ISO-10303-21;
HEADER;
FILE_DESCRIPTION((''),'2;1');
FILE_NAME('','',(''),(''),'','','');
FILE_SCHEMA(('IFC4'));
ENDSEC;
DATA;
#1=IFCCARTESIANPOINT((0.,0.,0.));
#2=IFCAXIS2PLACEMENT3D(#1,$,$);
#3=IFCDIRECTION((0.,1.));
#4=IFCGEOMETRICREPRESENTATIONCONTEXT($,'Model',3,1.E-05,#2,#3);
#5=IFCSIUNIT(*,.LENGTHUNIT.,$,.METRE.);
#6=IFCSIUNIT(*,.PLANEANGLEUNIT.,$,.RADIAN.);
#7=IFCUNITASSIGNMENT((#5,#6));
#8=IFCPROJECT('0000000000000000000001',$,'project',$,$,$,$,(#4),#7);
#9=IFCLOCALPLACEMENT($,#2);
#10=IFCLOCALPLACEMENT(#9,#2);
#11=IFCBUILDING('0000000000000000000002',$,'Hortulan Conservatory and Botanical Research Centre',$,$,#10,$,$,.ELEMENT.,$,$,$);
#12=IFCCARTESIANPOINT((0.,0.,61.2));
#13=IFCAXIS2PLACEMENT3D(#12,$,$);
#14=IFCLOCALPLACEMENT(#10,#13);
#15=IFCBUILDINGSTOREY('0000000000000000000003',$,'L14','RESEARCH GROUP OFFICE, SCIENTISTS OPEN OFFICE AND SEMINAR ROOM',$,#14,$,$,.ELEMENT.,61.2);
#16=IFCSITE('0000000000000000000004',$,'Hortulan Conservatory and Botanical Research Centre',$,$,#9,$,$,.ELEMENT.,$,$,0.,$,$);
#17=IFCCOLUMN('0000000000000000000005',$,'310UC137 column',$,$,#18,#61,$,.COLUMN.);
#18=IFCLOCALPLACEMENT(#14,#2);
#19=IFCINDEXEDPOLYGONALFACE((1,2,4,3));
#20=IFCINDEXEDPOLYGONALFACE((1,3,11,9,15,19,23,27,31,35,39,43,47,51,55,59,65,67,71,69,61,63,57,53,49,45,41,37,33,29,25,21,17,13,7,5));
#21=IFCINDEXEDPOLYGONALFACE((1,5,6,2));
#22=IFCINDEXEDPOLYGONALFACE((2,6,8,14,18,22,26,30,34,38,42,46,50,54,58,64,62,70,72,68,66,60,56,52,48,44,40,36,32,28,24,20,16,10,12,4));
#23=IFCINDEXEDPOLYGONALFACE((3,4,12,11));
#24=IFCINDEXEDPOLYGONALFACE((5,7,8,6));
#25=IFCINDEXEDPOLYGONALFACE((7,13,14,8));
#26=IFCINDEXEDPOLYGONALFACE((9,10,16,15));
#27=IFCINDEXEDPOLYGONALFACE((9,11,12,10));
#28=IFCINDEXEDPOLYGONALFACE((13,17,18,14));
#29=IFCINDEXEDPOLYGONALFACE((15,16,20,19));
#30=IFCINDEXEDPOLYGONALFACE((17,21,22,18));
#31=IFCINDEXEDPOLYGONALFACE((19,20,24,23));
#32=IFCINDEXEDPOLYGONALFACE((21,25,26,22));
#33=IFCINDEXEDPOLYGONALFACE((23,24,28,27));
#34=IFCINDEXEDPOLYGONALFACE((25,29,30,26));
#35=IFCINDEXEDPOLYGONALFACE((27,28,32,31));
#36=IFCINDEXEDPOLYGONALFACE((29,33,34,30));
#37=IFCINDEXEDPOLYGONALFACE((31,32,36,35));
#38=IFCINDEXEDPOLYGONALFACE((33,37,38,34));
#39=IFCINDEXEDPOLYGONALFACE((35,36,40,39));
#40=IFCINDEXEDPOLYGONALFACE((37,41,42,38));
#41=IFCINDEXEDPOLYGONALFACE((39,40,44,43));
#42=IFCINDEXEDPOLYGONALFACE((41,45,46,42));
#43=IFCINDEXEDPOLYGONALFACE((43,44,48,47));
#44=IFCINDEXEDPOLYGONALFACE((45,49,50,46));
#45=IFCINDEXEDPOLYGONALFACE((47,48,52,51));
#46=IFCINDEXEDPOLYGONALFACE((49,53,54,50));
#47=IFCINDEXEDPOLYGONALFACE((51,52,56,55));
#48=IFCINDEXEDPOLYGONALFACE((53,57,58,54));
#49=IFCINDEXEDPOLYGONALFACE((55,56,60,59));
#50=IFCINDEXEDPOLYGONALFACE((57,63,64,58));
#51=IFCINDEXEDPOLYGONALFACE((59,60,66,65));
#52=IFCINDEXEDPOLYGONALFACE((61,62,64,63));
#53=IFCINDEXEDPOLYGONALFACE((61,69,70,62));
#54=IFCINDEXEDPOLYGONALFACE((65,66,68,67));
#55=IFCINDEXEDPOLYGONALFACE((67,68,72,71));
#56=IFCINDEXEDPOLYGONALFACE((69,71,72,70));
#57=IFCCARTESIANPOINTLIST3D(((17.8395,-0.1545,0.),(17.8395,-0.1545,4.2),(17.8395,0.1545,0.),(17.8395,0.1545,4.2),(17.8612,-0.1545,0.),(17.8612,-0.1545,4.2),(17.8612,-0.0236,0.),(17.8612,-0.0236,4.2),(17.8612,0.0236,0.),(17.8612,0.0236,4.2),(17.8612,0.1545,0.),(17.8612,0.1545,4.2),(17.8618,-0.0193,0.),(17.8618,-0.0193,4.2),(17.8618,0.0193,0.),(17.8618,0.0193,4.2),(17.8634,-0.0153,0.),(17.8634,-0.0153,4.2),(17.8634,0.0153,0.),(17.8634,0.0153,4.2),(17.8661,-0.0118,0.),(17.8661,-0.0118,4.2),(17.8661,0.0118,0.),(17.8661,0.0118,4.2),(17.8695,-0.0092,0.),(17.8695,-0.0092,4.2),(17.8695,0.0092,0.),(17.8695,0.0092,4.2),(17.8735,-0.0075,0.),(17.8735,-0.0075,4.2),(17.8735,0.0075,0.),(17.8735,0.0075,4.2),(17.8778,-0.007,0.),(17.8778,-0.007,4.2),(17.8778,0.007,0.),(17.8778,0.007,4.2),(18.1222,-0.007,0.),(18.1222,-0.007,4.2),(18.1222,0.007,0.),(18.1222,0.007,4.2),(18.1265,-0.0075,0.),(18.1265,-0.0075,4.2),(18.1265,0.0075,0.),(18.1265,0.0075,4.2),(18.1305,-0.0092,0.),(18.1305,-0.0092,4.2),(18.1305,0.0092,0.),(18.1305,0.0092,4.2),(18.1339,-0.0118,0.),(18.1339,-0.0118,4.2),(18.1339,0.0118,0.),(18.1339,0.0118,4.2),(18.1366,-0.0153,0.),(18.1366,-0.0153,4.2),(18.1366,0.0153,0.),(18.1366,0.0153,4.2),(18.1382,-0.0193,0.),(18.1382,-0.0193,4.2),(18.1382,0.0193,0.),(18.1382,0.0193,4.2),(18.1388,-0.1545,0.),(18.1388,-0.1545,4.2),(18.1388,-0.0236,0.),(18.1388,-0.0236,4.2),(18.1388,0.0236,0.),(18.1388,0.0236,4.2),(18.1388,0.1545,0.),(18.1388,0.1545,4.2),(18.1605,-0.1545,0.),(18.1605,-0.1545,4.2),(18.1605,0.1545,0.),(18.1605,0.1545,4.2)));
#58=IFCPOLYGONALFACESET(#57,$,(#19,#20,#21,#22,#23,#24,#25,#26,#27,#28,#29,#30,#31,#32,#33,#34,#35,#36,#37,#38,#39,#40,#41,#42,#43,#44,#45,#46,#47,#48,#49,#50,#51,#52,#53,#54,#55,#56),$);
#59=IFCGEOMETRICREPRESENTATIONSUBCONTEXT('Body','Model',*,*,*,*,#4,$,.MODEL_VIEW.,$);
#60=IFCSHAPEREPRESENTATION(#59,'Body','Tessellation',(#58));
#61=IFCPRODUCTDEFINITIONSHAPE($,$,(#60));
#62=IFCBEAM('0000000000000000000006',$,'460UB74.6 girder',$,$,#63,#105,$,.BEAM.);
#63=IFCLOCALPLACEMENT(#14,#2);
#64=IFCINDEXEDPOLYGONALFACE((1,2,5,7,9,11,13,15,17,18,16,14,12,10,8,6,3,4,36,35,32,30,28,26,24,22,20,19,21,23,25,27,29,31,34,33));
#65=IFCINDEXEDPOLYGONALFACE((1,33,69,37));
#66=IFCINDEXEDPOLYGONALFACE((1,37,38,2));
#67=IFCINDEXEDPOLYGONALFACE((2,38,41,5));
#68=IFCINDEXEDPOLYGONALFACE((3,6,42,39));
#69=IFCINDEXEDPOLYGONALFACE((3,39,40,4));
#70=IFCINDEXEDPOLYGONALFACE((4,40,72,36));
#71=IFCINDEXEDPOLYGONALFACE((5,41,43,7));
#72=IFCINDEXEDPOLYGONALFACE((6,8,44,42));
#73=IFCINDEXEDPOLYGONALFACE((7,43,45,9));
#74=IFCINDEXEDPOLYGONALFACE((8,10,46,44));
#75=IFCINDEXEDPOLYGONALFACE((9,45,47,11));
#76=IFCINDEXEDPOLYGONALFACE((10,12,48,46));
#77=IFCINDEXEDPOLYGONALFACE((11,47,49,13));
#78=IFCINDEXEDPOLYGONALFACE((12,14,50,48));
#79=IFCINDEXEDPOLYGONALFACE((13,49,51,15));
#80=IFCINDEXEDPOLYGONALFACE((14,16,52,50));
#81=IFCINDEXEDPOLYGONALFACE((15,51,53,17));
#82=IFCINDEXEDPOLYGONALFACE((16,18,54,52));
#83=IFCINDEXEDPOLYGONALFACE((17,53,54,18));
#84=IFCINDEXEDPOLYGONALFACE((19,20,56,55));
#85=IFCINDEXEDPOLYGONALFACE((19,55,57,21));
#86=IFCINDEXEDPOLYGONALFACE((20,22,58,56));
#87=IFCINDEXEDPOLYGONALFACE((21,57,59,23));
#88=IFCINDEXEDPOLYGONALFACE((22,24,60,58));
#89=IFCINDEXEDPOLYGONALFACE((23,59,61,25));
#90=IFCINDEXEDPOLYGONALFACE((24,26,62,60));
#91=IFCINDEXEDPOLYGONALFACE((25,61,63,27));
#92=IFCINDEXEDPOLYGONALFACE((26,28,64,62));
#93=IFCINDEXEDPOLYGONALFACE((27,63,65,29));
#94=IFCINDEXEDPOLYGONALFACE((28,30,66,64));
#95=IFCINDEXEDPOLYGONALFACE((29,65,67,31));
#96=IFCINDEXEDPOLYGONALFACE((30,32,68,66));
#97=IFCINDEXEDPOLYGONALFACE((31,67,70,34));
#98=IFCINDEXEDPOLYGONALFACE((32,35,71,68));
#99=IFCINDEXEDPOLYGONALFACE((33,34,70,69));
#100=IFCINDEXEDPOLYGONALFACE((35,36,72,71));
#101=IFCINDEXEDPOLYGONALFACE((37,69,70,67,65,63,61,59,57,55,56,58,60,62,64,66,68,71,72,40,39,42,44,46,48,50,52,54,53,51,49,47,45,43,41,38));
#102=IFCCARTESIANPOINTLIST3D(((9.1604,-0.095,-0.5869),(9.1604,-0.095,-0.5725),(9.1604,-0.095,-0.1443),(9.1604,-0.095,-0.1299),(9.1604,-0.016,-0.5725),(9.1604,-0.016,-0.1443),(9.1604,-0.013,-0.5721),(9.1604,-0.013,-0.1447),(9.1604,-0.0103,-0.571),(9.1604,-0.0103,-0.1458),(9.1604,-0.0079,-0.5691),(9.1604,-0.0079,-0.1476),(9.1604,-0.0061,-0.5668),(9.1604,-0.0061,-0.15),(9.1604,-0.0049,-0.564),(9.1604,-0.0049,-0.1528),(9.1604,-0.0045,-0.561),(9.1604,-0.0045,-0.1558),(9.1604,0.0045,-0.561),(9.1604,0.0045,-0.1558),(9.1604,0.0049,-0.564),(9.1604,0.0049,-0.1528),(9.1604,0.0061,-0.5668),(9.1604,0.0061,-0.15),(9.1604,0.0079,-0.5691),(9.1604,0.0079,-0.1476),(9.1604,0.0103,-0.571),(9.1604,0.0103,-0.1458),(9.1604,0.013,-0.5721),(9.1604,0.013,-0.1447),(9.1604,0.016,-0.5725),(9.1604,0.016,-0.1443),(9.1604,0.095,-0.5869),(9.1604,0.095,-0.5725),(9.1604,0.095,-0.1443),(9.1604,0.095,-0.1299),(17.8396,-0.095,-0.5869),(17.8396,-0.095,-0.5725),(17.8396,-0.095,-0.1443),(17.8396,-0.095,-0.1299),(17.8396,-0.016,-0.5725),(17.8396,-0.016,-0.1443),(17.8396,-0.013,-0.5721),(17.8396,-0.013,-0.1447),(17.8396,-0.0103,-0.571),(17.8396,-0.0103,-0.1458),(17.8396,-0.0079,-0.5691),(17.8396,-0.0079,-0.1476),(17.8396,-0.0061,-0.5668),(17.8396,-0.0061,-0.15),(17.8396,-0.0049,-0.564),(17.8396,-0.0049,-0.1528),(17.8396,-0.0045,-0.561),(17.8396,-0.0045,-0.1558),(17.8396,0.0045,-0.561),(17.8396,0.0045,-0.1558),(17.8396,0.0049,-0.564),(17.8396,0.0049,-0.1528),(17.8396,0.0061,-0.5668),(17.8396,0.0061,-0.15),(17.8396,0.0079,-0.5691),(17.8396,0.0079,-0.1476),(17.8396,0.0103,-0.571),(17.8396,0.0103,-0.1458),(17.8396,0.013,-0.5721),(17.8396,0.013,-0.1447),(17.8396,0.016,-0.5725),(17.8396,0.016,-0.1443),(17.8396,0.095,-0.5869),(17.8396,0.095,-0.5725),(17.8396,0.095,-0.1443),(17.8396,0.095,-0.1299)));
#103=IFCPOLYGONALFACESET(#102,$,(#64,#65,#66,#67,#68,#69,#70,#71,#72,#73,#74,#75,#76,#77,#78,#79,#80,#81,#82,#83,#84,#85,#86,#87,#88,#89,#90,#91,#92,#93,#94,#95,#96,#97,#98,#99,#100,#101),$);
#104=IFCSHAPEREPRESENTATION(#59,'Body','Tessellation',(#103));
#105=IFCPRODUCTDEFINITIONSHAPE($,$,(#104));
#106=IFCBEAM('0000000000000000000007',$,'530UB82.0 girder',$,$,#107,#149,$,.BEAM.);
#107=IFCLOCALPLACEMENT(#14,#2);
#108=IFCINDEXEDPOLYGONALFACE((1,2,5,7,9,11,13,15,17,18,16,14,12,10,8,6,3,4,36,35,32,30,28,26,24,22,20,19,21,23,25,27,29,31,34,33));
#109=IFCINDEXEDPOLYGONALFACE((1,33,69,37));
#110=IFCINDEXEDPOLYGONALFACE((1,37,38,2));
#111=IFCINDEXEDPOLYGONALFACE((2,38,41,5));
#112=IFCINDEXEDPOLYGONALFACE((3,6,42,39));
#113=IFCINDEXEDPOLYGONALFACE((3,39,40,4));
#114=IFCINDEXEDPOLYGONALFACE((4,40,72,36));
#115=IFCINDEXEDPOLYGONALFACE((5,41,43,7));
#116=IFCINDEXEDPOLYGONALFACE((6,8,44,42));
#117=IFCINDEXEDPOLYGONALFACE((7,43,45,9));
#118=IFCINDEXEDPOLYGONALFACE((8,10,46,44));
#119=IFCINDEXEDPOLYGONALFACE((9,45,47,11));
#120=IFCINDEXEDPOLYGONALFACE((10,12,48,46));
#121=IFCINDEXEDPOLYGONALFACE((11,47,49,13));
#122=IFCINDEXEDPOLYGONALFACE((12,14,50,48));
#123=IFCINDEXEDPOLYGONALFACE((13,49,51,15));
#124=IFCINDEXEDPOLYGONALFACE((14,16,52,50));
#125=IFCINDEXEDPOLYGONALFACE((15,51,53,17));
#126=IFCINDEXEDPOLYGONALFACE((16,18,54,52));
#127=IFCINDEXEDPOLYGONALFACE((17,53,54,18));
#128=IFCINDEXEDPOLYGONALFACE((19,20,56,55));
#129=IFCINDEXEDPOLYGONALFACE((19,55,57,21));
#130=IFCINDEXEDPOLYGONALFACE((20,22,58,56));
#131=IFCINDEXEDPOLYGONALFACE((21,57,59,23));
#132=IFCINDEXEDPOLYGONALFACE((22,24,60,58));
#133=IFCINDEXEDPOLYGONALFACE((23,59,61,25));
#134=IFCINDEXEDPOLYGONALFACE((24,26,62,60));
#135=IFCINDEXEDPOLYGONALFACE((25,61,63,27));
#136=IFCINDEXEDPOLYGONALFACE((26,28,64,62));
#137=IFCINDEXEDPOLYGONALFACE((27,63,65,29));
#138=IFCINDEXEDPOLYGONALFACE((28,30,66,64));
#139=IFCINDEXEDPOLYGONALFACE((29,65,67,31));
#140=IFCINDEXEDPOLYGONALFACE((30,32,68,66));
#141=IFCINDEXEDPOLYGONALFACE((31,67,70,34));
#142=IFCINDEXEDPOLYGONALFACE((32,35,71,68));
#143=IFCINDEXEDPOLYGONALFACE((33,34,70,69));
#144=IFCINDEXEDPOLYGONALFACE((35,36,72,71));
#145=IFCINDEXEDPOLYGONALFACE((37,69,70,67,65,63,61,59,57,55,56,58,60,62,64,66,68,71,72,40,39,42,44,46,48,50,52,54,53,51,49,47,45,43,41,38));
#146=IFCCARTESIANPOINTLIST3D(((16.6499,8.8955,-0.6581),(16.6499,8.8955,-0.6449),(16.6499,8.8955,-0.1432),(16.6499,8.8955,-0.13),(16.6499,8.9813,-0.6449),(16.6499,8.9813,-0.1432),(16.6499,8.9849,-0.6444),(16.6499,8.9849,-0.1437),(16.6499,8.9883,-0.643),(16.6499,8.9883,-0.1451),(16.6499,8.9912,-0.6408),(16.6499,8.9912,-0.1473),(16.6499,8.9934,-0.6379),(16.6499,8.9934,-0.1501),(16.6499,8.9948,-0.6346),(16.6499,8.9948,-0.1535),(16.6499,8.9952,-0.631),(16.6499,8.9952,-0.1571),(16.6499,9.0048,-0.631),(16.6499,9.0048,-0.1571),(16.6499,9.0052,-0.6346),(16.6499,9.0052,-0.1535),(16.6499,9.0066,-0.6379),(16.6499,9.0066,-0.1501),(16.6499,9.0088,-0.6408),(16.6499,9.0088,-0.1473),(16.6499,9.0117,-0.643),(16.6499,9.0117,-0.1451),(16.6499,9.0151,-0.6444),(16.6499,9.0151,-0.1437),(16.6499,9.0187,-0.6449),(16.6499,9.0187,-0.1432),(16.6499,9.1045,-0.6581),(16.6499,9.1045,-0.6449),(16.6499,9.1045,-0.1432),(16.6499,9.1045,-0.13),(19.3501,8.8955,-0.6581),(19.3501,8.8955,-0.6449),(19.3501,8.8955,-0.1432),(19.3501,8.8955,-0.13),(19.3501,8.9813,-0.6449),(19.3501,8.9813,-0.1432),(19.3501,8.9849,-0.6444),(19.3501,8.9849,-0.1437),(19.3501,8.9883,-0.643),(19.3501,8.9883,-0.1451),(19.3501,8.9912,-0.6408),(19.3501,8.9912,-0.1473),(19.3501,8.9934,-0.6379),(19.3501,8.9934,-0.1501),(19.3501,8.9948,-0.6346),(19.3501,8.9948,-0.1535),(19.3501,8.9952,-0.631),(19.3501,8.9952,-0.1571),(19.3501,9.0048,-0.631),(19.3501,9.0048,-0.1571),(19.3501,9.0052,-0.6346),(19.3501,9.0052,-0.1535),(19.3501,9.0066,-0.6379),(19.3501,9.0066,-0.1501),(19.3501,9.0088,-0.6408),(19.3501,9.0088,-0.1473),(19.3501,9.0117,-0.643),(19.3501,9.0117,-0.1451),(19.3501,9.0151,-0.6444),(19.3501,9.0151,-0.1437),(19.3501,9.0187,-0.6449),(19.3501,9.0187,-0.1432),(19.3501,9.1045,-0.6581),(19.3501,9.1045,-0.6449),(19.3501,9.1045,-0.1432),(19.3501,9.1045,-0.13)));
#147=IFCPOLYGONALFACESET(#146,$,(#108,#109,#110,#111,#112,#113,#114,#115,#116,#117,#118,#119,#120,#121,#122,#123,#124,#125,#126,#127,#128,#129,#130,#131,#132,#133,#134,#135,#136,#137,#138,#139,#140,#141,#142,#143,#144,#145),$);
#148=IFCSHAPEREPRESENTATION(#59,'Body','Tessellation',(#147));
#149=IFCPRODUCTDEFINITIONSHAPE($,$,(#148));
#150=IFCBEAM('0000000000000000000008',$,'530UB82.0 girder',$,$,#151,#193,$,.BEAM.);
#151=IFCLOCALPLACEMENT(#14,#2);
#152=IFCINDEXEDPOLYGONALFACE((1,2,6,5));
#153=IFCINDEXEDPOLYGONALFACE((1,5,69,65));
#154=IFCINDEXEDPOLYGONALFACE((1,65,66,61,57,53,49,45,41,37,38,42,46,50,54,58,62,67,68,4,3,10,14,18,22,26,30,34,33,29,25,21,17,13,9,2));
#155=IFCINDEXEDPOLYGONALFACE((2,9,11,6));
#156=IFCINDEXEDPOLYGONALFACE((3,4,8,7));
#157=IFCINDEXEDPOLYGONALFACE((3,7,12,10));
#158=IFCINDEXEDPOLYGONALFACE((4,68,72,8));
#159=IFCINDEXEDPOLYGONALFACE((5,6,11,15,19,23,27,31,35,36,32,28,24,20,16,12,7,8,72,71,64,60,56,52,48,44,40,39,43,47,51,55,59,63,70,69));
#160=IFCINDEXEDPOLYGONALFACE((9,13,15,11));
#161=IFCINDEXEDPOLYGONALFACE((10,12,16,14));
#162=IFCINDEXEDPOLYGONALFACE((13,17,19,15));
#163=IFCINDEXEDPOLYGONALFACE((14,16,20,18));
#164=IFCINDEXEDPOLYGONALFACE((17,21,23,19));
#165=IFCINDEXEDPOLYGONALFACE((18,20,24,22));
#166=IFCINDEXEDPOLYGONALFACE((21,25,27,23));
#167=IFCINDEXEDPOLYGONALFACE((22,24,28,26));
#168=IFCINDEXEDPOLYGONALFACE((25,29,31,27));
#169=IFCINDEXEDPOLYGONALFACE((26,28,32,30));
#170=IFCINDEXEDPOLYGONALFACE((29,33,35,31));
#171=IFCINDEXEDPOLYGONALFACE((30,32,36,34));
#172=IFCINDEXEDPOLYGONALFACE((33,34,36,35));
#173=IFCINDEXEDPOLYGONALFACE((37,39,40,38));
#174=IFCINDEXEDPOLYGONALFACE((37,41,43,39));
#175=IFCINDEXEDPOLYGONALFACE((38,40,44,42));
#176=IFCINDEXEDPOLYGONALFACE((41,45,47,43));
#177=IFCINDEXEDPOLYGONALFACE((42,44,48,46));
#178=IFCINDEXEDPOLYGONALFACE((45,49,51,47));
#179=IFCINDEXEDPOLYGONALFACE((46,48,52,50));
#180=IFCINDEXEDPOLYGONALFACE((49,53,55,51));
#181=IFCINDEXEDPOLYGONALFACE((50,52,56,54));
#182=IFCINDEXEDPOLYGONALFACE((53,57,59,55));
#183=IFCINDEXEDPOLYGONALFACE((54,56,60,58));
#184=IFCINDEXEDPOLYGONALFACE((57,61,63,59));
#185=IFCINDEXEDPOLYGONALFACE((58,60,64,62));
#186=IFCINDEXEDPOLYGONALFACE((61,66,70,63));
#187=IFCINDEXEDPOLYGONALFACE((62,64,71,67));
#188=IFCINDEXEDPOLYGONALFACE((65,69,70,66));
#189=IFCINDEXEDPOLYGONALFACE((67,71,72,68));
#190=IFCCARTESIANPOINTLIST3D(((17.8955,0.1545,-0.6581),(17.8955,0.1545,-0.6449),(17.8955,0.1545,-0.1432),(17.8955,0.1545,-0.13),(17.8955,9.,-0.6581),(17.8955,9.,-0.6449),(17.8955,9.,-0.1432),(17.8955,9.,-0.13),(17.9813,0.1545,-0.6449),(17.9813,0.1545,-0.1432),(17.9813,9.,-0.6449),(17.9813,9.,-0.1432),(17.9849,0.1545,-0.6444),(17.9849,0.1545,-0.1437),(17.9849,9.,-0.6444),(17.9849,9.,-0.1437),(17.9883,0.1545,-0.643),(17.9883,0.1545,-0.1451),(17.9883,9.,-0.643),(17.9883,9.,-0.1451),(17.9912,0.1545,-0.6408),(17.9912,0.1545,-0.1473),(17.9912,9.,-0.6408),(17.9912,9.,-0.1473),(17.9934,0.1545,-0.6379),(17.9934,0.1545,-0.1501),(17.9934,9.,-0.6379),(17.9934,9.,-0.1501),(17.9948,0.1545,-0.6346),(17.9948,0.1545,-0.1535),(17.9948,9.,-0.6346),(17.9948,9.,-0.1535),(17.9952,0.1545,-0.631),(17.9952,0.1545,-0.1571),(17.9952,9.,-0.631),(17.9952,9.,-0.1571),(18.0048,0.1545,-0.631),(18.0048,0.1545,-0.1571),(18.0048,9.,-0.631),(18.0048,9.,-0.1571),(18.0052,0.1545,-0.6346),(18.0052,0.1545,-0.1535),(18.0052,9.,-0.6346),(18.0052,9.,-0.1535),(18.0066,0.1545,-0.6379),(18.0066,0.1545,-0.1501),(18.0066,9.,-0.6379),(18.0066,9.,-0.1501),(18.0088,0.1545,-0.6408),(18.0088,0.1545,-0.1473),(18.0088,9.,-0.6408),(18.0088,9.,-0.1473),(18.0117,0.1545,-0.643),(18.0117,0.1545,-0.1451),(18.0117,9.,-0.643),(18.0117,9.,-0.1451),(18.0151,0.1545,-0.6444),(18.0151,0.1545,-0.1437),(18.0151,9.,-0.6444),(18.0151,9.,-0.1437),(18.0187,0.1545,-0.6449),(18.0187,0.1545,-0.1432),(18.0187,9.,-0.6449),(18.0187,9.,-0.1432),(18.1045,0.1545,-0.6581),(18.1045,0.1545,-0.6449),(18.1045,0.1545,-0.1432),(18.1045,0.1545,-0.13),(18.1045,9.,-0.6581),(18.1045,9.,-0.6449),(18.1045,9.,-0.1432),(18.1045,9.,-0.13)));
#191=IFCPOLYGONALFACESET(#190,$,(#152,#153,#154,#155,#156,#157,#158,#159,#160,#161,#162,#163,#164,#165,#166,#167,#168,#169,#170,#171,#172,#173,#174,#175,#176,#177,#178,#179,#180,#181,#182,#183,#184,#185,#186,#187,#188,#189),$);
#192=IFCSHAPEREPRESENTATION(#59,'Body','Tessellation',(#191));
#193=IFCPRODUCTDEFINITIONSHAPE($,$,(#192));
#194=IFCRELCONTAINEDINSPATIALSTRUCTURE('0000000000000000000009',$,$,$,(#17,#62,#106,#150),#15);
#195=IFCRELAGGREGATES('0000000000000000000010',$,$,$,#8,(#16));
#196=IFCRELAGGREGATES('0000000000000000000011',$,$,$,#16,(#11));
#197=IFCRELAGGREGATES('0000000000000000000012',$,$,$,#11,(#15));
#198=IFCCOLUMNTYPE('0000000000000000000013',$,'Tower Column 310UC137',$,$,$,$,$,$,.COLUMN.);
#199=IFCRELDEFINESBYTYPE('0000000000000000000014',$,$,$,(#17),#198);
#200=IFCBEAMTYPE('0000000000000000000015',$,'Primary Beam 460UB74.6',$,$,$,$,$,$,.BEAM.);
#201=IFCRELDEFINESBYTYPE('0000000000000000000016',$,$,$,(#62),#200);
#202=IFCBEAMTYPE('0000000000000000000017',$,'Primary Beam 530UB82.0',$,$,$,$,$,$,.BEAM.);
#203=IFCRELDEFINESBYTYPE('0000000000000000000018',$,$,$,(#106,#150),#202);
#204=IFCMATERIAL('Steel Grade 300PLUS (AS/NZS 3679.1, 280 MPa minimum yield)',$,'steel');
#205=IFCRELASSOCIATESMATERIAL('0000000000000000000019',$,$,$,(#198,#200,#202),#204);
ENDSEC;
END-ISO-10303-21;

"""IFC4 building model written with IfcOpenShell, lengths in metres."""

from ifc_helpers import new_model, si_unit, direction, frame, origin, origin_2d, place, context, subcontext, project, spatial, i_section, extrude, material, material_profile, profile_set, type_object, element, save


model = new_model("IFC4")

# Units and contexts
model_context = context("Model", 3, precision=1e-05, world=origin(), true_north=direction((0.0, 1.0)))
body_context = subcontext(model_context, "Body", "Model", "MODEL_VIEW")
ifc_project = project(units=[si_unit("LENGTHUNIT", "METRE"), si_unit("PLANEANGLEUNIT", "RADIAN")], contexts=[model_context])

# Site, building, storey
site_placement = place(None, origin())
site = spatial("IfcSite", under=ifc_project, at=site_placement, Name="Hortulan Conservatory and Botanical Research Centre", CompositionType="ELEMENT", RefElevation=0.0)
building_placement = place(site_placement, origin())
building = spatial("IfcBuilding", under=site, at=building_placement, Name="Hortulan Conservatory and Botanical Research Centre", CompositionType="ELEMENT")
storey_placement = place(building_placement, frame((0.0, 0.0, 61.2)))
storey = spatial("IfcBuildingStorey", under=building, at=storey_placement, Name="L14", Description="RESEARCH GROUP OFFICE, SCIENTISTS OPEN OFFICE AND SEMINAR ROOM", CompositionType="ELEMENT", Elevation=61.2)

# Column
ifc_material_1 = material(Name="Steel Grade 300PLUS (AS/NZS 3679.1, 280 MPa minimum yield)", Category="steel")
ifc_material_profile_1 = material_profile(ifc_material_1, i_section(OverallWidth=0.3091, OverallDepth=0.321, WebThickness=0.0139, FlangeThickness=0.0217, FilletRadius=0.0166, at=origin_2d()), Name="310UC137")
ifc_profile_set_1 = profile_set([ifc_material_profile_1], Name="Steel Grade 300PLUS (AS/NZS 3679.1, 280 MPa minimum yield)")
column_type = type_object("IfcColumnType", Name="Tower Column 310UC137", PredefinedType="COLUMN", material=ifc_profile_set_1)
column_placement = place(storey_placement, frame((18.0, 0.0, 0.0), z_axis=(0.0, 0.0, 1.0), x_axis=(0.0, 1.0, 0.0)))
element("IfcColumn", 1, at=column_placement, inside=storey, type_object=column_type, Name="310UC137 column", PredefinedType="COLUMN", context=body_context, shape_type="SweptSolid", body=[
    extrude(i_section(OverallWidth=0.3091, OverallDepth=0.321, WebThickness=0.0139, FlangeThickness=0.0217, FilletRadius=0.0166, at=origin_2d()), origin(), (0.0, 0.0, 1.0), 4.2),
])

# Beams
ifc_material_profile_2 = material_profile(ifc_material_1, i_section(OverallWidth=0.1899, OverallDepth=0.457, WebThickness=0.009, FlangeThickness=0.0144, FilletRadius=0.0115, at=origin_2d()), Name="460UB74.6")
ifc_profile_set_2 = profile_set([ifc_material_profile_2], Name="Steel Grade 300PLUS (AS/NZS 3679.1, 280 MPa minimum yield)")
beam_type_1 = type_object("IfcBeamType", Name="Primary Beam 460UB74.6", PredefinedType="BEAM", material=ifc_profile_set_2)
beam_1_placement = place(storey_placement, frame((9.1604, 0.0, -0.3584), z_axis=(1.0, 0.0, 0.0), x_axis=(0.0, 1.0, 0.0)))
element("IfcBeam", 2, at=beam_1_placement, inside=storey, type_object=beam_type_1, Name="460UB74.6 girder", PredefinedType="BEAM", context=body_context, shape_type="SweptSolid", body=[
    extrude(i_section(OverallWidth=0.1899, OverallDepth=0.457, WebThickness=0.009, FlangeThickness=0.0144, FilletRadius=0.0115, at=origin_2d()), origin(), (0.0, 0.0, 1.0), 8.6792),
])
ifc_material_profile_3 = material_profile(ifc_material_1, i_section(OverallWidth=0.209, OverallDepth=0.5281, WebThickness=0.0095, FlangeThickness=0.0132, FilletRadius=0.0139, at=origin_2d()), Name="530UB82.0")
ifc_profile_set_3 = profile_set([ifc_material_profile_3], Name="Steel Grade 300PLUS (AS/NZS 3679.1, 280 MPa minimum yield)")
beam_type_2 = type_object("IfcBeamType", Name="Primary Beam 530UB82.0", PredefinedType="BEAM", material=ifc_profile_set_3)
beam_2_placement = place(storey_placement, frame((16.6499, 9.0, -0.394), z_axis=(1.0, 0.0, 0.0), x_axis=(0.0, 1.0, 0.0)))
element("IfcBeam", 3, at=beam_2_placement, inside=storey, type_object=beam_type_2, Name="530UB82.0 girder", PredefinedType="BEAM", context=body_context, shape_type="SweptSolid", body=[
    extrude(i_section(OverallWidth=0.209, OverallDepth=0.5281, WebThickness=0.0095, FlangeThickness=0.0132, FilletRadius=0.0139, at=origin_2d()), origin(), (0.0, 0.0, 1.0), 2.7002),
])
beam_3_placement = place(storey_placement, frame((18.0, 0.1545, -0.394), z_axis=(0.0, 1.0, 0.0), x_axis=(-1.0, 0.0, 0.0)))
element("IfcBeam", 4, at=beam_3_placement, inside=storey, type_object=beam_type_2, Name="530UB82.0 girder", PredefinedType="BEAM", context=body_context, shape_type="SweptSolid", body=[
    extrude(i_section(OverallWidth=0.209, OverallDepth=0.5281, WebThickness=0.0095, FlangeThickness=0.0132, FilletRadius=0.0139, at=origin_2d()), origin(), (0.0, 0.0, 1.0), 8.8455),
])

save(model, "model.ifc")
